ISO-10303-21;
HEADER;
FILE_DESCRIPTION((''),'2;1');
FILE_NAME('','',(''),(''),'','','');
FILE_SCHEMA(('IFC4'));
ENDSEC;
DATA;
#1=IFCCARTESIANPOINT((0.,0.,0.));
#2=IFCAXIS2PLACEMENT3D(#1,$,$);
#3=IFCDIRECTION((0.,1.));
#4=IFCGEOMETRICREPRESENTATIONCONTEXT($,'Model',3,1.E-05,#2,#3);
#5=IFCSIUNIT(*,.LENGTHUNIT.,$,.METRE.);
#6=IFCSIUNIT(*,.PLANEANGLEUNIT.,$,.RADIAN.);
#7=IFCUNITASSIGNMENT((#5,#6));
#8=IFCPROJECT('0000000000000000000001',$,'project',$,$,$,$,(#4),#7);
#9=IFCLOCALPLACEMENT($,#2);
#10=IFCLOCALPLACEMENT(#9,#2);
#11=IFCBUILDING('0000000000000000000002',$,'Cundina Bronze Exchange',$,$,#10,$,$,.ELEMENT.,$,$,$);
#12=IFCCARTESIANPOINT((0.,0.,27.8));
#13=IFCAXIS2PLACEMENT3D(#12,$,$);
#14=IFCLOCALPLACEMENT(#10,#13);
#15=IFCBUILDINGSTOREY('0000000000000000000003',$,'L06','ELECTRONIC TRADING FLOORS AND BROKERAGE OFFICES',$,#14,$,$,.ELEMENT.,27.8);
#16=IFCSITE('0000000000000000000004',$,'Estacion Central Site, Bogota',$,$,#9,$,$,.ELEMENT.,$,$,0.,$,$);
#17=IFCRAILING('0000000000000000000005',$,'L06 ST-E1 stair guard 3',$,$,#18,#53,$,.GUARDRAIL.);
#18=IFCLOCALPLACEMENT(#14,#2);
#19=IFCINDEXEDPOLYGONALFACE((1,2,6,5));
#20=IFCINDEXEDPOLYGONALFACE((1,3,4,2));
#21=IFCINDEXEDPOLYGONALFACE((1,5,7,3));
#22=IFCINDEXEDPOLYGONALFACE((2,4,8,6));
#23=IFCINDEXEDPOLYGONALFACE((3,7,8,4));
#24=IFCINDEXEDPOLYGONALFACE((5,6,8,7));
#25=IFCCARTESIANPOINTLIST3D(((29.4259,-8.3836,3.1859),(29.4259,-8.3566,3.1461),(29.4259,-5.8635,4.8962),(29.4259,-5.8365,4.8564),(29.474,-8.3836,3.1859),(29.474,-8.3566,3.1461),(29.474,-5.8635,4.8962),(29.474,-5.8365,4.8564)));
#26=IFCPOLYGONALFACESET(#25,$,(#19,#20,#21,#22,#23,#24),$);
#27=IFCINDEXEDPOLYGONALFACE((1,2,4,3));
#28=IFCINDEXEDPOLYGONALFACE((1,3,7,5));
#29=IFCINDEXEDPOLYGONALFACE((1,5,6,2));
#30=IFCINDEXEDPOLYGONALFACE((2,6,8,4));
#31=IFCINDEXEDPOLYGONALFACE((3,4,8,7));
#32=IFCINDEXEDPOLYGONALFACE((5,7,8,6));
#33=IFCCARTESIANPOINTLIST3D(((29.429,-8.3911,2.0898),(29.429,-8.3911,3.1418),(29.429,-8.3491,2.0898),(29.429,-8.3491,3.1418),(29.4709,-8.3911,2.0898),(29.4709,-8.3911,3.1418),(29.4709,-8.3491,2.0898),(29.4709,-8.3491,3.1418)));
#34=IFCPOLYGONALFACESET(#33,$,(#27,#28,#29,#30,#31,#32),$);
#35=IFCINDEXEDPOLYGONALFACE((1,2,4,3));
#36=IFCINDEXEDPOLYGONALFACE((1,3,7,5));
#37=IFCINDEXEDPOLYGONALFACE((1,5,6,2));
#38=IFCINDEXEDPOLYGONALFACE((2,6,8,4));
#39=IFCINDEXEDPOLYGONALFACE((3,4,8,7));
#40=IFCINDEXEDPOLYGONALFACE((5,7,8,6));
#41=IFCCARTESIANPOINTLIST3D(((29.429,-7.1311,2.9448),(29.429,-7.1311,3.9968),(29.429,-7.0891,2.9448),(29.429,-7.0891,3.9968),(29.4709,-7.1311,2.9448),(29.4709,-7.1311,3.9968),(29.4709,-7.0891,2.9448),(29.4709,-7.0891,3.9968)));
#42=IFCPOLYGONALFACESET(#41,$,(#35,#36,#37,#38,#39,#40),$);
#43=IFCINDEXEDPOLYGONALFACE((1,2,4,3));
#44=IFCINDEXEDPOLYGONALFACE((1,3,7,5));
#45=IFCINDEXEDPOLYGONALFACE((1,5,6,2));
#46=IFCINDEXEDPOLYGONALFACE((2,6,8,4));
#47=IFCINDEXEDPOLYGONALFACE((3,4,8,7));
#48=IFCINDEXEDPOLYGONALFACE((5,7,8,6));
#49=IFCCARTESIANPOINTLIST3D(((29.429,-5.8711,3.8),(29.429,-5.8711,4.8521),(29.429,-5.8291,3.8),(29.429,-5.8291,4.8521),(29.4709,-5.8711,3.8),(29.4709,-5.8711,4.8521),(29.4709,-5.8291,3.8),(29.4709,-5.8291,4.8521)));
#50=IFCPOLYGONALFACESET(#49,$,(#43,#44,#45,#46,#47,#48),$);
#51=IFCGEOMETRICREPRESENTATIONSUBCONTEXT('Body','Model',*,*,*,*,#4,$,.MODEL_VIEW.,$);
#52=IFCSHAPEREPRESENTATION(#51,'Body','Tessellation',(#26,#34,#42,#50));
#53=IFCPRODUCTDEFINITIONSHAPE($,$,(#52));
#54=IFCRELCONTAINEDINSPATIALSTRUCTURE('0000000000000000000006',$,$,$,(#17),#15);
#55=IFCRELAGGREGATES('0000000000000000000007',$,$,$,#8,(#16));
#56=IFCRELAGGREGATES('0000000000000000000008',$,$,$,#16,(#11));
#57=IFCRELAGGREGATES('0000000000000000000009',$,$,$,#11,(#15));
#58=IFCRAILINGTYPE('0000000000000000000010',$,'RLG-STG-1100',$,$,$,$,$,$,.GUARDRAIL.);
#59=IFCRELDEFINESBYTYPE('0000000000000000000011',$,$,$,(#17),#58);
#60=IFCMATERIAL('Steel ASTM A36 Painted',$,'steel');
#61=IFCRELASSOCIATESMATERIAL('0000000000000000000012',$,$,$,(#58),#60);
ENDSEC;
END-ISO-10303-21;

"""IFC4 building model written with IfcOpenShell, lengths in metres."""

from ifc_helpers import new_model, si_unit, direction, frame, origin, origin_2d, place, context, subcontext, project, spatial, rectangle, extrude, material, type_object, element, save


model = new_model("IFC4")

# Units and contexts
model_context = context("Model", 3, precision=1e-05, world=origin(), true_north=direction((0.0, 1.0)))
body_context = subcontext(model_context, "Body", "Model", "MODEL_VIEW")
ifc_project = project(units=[si_unit("LENGTHUNIT", "METRE"), si_unit("PLANEANGLEUNIT", "RADIAN")], contexts=[model_context])

# Site, building, storey
site_placement = place(None, origin())
site = spatial("IfcSite", under=ifc_project, at=site_placement, Name="Estacion Central Site, Bogota", CompositionType="ELEMENT", RefElevation=0.0)
building_placement = place(site_placement, origin())
building = spatial("IfcBuilding", under=site, at=building_placement, Name="Cundina Bronze Exchange", CompositionType="ELEMENT")
storey_placement = place(building_placement, frame((0.0, 0.0, 27.8)))
storey = spatial("IfcBuildingStorey", under=building, at=storey_placement, Name="L06", Description="ELECTRONIC TRADING FLOORS AND BROKERAGE OFFICES", CompositionType="ELEMENT", Elevation=27.8)

# Railing
ifc_material_1 = material(Name="Steel ASTM A36 Painted", Category="steel")
railing_type_1 = type_object("IfcRailingType", Name="RLG-STG-1100", PredefinedType="GUARDRAIL", material=ifc_material_1)
railing_1_placement = place(storey_placement, frame((29.45, -8.3701, 2.0898)))
element("IfcRailing", 1, at=railing_1_placement, inside=storey, type_object=railing_type_1, Name="L06 ST-E1 stair guard 3", PredefinedType="GUARDRAIL", context=body_context, shape_type="SweptSolid", body=[
    extrude(rectangle(XDim=0.0481, YDim=0.0481, at=origin_2d()), frame((0.0, 0.0, 1.0762), z_axis=(0.0, 0.827447, 0.561545), x_axis=(-1.0, 0.0, 0.0)), (0.0, 0.0, 1.0), 3.0457),
    extrude(rectangle(XDim=0.042, YDim=0.042, at=origin_2d()), origin(), (0.0, 0.0, 1.0), 1.052),
    extrude(rectangle(XDim=0.042, YDim=0.042, at=origin_2d()), frame((0.0, 1.26, 0.855)), (0.0, 0.0, 1.0), 1.052),
    extrude(rectangle(XDim=0.042, YDim=0.042, at=origin_2d()), frame((0.0, 2.52, 1.7102)), (0.0, 0.0, 1.0), 1.052),
])

save(model, "model.ifc")
